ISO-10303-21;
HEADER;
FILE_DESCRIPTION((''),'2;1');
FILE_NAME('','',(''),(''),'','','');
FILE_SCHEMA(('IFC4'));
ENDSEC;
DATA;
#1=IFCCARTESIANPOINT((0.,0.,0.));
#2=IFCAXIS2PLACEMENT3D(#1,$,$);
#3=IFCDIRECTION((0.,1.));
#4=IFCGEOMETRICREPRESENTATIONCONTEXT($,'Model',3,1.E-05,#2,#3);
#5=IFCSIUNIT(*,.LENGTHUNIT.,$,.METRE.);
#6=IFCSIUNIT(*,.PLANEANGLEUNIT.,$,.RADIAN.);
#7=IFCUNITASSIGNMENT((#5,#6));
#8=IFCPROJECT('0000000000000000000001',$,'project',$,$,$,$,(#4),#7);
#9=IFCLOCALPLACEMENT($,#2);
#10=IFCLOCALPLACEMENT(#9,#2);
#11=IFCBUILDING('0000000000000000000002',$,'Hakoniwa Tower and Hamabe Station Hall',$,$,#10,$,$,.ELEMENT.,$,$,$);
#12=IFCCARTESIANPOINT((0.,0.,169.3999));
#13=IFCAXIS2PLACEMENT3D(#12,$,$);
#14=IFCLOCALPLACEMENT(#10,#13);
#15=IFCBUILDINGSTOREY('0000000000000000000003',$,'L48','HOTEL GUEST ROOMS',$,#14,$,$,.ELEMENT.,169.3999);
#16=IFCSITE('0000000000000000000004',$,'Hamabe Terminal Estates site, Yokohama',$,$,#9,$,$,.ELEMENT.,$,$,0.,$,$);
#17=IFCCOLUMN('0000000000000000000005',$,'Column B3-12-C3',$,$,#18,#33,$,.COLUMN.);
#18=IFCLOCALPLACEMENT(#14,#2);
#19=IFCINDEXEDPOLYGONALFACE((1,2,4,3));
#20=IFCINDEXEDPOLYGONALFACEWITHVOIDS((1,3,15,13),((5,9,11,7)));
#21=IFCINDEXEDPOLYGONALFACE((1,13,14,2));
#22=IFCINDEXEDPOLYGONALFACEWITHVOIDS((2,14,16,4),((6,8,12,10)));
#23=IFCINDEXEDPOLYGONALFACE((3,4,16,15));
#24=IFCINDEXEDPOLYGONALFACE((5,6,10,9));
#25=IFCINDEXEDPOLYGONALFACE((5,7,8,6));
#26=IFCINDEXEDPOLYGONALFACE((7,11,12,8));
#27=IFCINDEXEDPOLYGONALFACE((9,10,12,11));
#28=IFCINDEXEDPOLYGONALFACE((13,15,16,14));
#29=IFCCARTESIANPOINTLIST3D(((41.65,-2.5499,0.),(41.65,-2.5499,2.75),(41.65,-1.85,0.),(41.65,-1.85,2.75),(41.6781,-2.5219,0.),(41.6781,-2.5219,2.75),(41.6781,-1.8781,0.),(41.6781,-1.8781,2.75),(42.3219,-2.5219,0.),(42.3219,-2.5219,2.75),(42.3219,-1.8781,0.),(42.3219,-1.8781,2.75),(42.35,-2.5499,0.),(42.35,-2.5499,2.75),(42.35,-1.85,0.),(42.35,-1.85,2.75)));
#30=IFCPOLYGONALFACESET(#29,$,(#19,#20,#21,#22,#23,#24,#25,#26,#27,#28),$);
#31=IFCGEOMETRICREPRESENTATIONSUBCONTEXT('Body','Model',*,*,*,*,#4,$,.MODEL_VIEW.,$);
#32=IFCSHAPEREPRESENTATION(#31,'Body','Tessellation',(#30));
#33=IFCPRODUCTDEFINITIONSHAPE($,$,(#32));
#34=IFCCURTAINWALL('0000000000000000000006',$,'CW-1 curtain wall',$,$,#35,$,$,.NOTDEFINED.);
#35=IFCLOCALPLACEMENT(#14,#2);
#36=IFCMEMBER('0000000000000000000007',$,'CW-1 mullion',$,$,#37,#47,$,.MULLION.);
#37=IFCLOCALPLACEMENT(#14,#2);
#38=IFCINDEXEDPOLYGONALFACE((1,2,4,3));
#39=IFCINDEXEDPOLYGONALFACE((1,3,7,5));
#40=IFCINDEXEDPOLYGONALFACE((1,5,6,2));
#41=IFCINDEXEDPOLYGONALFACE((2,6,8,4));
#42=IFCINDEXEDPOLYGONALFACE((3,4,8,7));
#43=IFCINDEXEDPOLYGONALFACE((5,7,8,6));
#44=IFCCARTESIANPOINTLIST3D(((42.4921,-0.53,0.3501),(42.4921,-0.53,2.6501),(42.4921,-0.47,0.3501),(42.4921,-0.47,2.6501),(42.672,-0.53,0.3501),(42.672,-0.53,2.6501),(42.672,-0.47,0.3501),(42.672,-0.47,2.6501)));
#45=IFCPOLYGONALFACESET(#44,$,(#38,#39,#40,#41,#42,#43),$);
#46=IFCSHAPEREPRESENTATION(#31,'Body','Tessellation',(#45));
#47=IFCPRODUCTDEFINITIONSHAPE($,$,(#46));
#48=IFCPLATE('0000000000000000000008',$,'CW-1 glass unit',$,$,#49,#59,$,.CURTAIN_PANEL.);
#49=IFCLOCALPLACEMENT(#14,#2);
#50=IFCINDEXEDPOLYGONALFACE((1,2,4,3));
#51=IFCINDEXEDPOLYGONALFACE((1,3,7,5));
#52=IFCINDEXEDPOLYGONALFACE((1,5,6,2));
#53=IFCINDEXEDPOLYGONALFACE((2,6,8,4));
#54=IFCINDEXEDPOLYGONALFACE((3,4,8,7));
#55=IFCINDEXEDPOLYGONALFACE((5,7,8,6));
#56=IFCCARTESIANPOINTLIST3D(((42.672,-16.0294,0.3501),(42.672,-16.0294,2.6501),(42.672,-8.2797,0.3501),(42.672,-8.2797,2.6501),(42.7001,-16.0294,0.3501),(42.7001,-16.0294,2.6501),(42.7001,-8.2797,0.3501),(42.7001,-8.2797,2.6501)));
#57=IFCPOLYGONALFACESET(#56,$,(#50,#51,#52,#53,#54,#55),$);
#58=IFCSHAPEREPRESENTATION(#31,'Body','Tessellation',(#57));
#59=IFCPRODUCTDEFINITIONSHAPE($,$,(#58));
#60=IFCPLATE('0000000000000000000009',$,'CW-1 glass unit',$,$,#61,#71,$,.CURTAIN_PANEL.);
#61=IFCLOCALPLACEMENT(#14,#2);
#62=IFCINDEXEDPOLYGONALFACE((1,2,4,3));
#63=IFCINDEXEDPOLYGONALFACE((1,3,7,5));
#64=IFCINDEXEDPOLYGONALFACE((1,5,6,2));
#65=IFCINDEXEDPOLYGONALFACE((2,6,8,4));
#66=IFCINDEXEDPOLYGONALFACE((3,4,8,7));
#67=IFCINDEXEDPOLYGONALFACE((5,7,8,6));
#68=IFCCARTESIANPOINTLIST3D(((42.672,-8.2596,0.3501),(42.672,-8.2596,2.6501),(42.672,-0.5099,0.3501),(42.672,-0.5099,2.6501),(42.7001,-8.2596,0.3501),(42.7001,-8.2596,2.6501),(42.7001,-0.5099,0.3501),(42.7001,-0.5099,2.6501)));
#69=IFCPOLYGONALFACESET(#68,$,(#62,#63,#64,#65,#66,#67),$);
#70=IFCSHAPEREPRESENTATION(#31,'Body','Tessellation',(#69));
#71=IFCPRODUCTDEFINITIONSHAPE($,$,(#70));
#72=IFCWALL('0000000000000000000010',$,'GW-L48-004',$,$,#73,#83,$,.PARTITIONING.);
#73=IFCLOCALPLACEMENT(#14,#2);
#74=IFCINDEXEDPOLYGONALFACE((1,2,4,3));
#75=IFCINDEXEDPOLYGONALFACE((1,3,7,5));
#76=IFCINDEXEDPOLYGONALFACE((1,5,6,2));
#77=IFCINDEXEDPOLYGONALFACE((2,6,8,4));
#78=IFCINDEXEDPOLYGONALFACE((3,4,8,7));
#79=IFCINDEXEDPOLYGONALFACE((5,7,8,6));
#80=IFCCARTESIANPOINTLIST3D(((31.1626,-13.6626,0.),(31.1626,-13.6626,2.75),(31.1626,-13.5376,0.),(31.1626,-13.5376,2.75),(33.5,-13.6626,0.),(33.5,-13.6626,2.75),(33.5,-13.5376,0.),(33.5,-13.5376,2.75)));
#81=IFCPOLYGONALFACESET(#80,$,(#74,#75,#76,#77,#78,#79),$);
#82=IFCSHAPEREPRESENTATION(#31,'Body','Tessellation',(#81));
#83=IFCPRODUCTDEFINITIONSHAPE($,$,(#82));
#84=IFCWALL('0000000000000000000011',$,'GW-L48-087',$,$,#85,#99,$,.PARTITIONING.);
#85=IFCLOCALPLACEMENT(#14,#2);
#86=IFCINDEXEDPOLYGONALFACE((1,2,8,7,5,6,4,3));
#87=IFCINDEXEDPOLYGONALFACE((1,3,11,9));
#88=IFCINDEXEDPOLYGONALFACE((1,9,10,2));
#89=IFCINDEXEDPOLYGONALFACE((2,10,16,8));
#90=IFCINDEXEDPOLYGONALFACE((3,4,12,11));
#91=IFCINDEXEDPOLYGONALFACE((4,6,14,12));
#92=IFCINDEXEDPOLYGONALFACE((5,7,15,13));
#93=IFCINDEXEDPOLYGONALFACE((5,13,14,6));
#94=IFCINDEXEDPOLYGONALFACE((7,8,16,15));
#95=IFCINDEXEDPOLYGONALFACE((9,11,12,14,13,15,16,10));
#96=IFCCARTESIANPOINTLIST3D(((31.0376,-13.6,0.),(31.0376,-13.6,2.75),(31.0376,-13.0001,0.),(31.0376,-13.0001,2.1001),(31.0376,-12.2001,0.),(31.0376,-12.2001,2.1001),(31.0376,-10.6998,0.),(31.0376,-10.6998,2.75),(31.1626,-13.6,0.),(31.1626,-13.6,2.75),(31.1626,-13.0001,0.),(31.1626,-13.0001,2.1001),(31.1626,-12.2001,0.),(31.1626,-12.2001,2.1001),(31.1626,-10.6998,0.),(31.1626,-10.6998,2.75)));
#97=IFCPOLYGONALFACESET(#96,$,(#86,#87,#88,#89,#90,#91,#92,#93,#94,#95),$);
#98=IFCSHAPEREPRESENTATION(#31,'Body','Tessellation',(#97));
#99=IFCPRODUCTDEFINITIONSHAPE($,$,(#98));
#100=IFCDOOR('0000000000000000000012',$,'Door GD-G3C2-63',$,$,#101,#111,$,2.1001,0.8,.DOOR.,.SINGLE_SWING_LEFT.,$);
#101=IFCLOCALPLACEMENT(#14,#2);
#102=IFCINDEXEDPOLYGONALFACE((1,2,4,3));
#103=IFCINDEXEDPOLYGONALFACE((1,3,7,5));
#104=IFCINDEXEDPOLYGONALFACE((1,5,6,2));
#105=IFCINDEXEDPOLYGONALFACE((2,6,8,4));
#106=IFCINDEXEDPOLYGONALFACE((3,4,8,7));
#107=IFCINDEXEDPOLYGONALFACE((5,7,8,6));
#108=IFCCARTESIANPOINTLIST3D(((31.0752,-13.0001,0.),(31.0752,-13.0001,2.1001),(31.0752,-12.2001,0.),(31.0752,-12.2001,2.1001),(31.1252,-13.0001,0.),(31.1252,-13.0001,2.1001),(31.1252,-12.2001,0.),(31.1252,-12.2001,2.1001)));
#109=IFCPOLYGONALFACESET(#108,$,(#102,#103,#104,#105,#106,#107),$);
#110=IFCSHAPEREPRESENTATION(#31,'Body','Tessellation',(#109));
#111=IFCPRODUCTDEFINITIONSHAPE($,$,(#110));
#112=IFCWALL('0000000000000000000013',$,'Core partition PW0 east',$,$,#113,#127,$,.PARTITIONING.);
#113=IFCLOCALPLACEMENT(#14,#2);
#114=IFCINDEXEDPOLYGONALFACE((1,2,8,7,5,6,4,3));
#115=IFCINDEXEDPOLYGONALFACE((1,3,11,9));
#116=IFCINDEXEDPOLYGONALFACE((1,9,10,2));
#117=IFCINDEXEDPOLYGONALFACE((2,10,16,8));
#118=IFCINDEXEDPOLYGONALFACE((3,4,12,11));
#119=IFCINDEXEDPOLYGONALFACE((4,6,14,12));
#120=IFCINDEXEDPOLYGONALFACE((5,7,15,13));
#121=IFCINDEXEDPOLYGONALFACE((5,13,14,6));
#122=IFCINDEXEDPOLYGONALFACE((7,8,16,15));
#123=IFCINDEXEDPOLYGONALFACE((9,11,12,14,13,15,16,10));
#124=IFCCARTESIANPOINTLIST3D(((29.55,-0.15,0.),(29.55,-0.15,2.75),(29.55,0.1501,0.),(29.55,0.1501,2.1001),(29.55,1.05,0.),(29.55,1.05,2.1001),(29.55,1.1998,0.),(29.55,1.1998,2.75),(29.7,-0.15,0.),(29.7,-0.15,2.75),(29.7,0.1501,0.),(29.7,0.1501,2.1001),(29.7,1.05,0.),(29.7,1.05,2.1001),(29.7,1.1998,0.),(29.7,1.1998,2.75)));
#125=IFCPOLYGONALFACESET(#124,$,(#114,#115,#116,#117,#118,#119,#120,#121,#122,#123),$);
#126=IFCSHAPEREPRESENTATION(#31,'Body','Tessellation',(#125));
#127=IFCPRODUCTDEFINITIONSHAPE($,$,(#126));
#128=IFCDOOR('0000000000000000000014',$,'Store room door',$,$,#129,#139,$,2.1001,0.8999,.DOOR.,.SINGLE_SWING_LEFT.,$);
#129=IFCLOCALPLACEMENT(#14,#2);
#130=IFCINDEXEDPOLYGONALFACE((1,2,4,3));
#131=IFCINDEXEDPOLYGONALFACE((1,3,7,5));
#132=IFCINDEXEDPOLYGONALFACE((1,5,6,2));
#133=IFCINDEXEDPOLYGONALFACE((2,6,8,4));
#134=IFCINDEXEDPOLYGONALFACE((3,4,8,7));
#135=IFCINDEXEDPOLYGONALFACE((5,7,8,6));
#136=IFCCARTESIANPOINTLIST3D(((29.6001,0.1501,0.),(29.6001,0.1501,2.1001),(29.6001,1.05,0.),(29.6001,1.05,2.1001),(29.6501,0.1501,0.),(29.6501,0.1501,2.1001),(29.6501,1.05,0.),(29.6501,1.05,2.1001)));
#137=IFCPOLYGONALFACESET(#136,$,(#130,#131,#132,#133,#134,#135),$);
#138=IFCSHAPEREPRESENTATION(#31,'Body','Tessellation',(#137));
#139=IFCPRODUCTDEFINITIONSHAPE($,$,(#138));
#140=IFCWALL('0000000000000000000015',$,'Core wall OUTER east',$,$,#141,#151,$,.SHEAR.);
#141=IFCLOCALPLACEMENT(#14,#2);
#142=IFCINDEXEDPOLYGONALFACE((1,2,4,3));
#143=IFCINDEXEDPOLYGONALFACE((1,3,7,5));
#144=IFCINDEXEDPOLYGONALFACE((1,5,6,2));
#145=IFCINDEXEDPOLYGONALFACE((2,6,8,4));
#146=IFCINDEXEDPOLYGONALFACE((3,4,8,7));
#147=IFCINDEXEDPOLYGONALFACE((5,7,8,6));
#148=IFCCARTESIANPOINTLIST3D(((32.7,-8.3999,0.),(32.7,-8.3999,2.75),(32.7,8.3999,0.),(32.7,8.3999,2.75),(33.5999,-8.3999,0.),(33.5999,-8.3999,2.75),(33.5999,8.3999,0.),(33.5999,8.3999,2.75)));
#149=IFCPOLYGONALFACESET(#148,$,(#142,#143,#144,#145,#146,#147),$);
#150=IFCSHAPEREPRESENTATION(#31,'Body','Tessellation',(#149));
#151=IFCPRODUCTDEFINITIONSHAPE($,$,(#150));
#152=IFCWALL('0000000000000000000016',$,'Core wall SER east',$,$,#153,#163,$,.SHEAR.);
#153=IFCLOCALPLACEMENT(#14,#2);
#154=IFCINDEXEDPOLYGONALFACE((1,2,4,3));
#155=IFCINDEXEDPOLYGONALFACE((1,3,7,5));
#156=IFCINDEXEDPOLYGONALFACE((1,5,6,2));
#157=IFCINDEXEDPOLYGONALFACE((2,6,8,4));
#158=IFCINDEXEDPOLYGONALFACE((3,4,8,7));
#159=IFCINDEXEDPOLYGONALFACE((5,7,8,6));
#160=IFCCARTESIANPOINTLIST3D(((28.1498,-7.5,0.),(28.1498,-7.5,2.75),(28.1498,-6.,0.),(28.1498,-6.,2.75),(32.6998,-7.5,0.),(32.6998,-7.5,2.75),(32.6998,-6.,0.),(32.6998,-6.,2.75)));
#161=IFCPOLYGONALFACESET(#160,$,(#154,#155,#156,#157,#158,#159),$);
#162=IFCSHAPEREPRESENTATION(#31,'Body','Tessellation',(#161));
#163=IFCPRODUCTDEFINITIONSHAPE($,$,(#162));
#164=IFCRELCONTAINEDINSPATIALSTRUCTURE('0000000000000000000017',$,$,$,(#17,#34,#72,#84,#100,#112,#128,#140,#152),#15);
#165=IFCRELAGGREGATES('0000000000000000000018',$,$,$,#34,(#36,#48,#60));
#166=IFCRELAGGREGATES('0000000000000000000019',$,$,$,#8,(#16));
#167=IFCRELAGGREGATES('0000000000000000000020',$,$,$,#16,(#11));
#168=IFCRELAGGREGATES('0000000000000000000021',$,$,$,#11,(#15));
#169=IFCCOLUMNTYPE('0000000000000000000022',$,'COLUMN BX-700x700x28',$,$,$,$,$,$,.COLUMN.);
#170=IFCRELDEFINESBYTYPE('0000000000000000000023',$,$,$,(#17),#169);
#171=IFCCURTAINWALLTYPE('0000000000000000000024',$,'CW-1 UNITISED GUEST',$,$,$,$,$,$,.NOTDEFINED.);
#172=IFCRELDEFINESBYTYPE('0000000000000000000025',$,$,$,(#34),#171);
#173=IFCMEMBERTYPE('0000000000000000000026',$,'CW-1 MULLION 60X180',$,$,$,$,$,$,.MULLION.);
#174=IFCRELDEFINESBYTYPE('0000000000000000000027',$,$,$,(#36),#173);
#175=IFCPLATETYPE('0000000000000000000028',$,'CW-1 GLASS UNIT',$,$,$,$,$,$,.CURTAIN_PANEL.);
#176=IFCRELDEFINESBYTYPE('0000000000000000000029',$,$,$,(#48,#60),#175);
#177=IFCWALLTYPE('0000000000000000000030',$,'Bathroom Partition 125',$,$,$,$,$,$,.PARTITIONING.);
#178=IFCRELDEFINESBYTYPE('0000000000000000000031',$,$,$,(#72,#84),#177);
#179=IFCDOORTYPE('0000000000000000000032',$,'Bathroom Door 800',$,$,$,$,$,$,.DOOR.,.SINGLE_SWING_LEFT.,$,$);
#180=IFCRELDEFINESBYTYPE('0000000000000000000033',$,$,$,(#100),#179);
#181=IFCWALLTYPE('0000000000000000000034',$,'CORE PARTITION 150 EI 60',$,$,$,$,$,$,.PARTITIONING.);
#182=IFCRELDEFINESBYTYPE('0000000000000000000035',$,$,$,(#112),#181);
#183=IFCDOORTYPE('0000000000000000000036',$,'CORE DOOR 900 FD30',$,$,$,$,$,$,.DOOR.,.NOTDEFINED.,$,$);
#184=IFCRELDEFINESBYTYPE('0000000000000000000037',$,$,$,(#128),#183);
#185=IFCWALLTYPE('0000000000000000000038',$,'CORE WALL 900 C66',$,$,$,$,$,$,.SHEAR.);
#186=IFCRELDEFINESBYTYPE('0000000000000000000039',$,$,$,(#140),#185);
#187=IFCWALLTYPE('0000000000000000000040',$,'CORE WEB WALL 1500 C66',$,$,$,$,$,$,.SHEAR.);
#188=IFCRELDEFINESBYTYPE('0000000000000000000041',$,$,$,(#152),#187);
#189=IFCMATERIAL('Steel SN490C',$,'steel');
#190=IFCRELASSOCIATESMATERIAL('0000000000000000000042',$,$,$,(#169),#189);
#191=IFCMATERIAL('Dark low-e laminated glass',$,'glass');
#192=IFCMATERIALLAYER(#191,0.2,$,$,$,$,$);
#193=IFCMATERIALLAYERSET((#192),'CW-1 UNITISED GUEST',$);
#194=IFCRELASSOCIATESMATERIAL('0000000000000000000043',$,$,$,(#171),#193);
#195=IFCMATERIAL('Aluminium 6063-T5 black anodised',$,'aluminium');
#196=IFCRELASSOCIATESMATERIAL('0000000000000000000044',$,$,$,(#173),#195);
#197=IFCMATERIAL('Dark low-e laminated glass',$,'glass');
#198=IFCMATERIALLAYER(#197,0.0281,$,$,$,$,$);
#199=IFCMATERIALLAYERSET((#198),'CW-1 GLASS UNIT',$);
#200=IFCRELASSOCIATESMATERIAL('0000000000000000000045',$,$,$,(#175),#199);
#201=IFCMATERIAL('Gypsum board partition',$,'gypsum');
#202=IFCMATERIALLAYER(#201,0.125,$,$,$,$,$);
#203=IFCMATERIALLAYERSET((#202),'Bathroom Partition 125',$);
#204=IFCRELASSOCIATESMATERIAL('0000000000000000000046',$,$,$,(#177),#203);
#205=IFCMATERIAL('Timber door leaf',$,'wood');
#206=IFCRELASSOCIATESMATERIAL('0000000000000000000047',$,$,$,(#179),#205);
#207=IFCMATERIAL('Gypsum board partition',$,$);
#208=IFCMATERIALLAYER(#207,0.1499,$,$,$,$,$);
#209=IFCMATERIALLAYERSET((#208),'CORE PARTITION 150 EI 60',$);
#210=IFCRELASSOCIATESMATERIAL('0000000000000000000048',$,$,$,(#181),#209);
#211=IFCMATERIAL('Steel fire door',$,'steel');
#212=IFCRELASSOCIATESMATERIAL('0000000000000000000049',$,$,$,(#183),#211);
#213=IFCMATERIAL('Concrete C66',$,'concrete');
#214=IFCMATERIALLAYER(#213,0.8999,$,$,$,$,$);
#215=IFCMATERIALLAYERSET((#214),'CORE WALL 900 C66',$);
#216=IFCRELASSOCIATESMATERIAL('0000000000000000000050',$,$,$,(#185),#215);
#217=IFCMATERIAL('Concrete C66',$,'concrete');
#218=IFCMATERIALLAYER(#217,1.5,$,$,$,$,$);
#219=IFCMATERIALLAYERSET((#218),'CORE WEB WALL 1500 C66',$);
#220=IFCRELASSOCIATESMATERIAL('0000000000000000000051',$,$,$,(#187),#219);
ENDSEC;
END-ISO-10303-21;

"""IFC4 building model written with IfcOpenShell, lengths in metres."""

from ifc_helpers import new_model, si_unit, direction, frame, frame_2d, origin, origin_2d, place, context, subcontext, project, spatial, rectangle, hollow_rectangle, extrude, material, layer, layer_set, material_profile, profile_set, type_object, element, fill, aggregate, save


model = new_model("IFC4")

# Units and contexts
model_context = context("Model", 3, precision=1e-05, world=origin(), true_north=direction((0.0, 1.0)))
body_context = subcontext(model_context, "Body", "Model", "MODEL_VIEW")
ifc_project = project(units=[si_unit("LENGTHUNIT", "METRE"), si_unit("PLANEANGLEUNIT", "RADIAN")], contexts=[model_context])

# Site, building, storey
site_placement = place(None, origin())
site = spatial("IfcSite", under=ifc_project, at=site_placement, Name="Hamabe Terminal Estates site, Yokohama", CompositionType="ELEMENT", RefElevation=0.0)
building_placement = place(site_placement, origin())
building = spatial("IfcBuilding", under=site, at=building_placement, Name="Hakoniwa Tower and Hamabe Station Hall", CompositionType="ELEMENT")
storey_placement = place(building_placement, frame((0.0, 0.0, 169.3999)))
storey = spatial("IfcBuildingStorey", under=building, at=storey_placement, Name="L48", Description="HOTEL GUEST ROOMS", CompositionType="ELEMENT", Elevation=169.3999)

# Column
ifc_material_1 = material(Name="Steel SN490C", Category="steel")
ifc_material_profile_1 = material_profile(ifc_material_1, hollow_rectangle(XDim=0.7, YDim=0.7, WallThickness=0.0281, at=origin_2d()), Name="BX-700x700x28")
ifc_profile_set_1 = profile_set([ifc_material_profile_1], Name="Steel SN490C")
column_type = type_object("IfcColumnType", Name="COLUMN BX-700x700x28", PredefinedType="COLUMN", material=ifc_profile_set_1)
column_placement = place(storey_placement, frame((42.0, -2.2, 0.0), z_axis=(0.0, 0.0, 1.0), x_axis=(1.0, 0.0, 0.0)))
element("IfcColumn", 1, at=column_placement, inside=storey, type_object=column_type, Name="Column B3-12-C3", PredefinedType="COLUMN", context=body_context, shape_type="SweptSolid", body=[
    extrude(hollow_rectangle(XDim=0.7, YDim=0.7, WallThickness=0.0281, at=origin_2d()), origin(), (0.0, 0.0, 1.0), 2.75),
])

# Curtain wall, member, plates
ifc_material_2 = material(Name="Dark low-e laminated glass", Category="glass")
ifc_layer_1 = layer(ifc_material_2, 0.2)
ifc_layer_set_1 = layer_set([ifc_layer_1], Name="CW-1 UNITISED GUEST")
curtain_wall_type = type_object("IfcCurtainWallType", Name="CW-1 UNITISED GUEST", PredefinedType="NOTDEFINED", material=ifc_layer_set_1)
curtain_wall_placement = place(storey_placement, origin())
curtain_wall = element("IfcCurtainWall", 2, at=curtain_wall_placement, inside=storey, type_object=curtain_wall_type, Name="CW-1 curtain wall", PredefinedType="NOTDEFINED")
ifc_material_3 = material(Name="Aluminium 6063-T5 black anodised", Category="aluminium")
ifc_material_profile_2 = material_profile(ifc_material_3, rectangle(XDim=0.0601, YDim=0.1799, at=origin_2d()), Name="CW-1 MULLION 60X180")
ifc_profile_set_2 = profile_set([ifc_material_profile_2], Name="Aluminium 6063-T5 black anodised")
member_type = type_object("IfcMemberType", Name="CW-1 MULLION 60X180", PredefinedType="MULLION", material=ifc_profile_set_2)
member_placement = place(storey_placement, frame((42.582, -0.5, 0.3501), z_axis=(0.0, 0.0, 1.0), x_axis=(0.0, 1.0, 0.0)))
member = element("IfcMember", 3, at=member_placement, type_object=member_type, Name="CW-1 mullion", PredefinedType="MULLION", context=body_context, shape_type="SweptSolid", body=[
    extrude(rectangle(XDim=0.0601, YDim=0.1799, at=origin_2d()), origin(), (0.0, 0.0, 1.0), 2.3),
])
ifc_material_4 = material(Name="Dark low-e laminated glass", Category="glass")
ifc_layer_2 = layer(ifc_material_4, 0.0281)
ifc_layer_set_2 = layer_set([ifc_layer_2], Name="CW-1 GLASS UNIT")
plate_type = type_object("IfcPlateType", Name="CW-1 GLASS UNIT", PredefinedType="CURTAIN_PANEL", material=ifc_layer_set_2)
plate_1_placement = place(storey_placement, frame((42.686, -12.1545, 0.3501), z_axis=(0.0, 0.0, 1.0), x_axis=(0.0, 1.0, 0.0)))
plate_1 = element("IfcPlate", 4, at=plate_1_placement, type_object=plate_type, Name="CW-1 glass unit", PredefinedType="CURTAIN_PANEL", context=body_context, shape_type="SweptSolid", body=[
    extrude(rectangle(XDim=7.7498, YDim=0.0281, at=origin_2d()), origin(), (0.0, 0.0, 1.0), 2.3),
])
plate_2_placement = place(storey_placement, frame((42.686, -4.3848, 0.3501), z_axis=(0.0, 0.0, 1.0), x_axis=(0.0, 1.0, 0.0)))
plate_2 = element("IfcPlate", 5, at=plate_2_placement, type_object=plate_type, Name="CW-1 glass unit", PredefinedType="CURTAIN_PANEL", context=body_context, shape_type="SweptSolid", body=[
    extrude(rectangle(XDim=7.7498, YDim=0.0281, at=origin_2d()), origin(), (0.0, 0.0, 1.0), 2.3),
])
aggregate(curtain_wall, [member, plate_1, plate_2])

# Wall
ifc_material_5 = material(Name="Gypsum board partition", Category="gypsum")
ifc_layer_3 = layer(ifc_material_5, 0.125)
ifc_layer_set_3 = layer_set([ifc_layer_3], Name="Bathroom Partition 125")
wall_type_1 = type_object("IfcWallType", Name="Bathroom Partition 125", PredefinedType="PARTITIONING", material=ifc_layer_set_3)
wall_1_placement = place(storey_placement, frame((31.1626, -13.6001, 0.0), z_axis=(0.0, 0.0, 1.0), x_axis=(1.0, 0.0, 0.0)))
element("IfcWall", 6, at=wall_1_placement, inside=storey, type_object=wall_type_1, Name="GW-L48-004", PredefinedType="PARTITIONING", context=body_context, shape_type="SweptSolid", body=[
    extrude(rectangle(XDim=2.3374, YDim=0.125, at=frame_2d((1.1687, 0.0))), origin(), (0.0, 0.0, 1.0), 2.75),
])

# Walls, openings, doors
wall_2_placement = place(storey_placement, frame((31.1001, -13.6001, 0.0), z_axis=(0.0, 0.0, 1.0), x_axis=(0.0, 1.0, 0.0)))
wall_2 = element("IfcWall", 7, at=wall_2_placement, inside=storey, type_object=wall_type_1, Name="GW-L48-087", PredefinedType="PARTITIONING", context=body_context, shape_type="SweptSolid", body=[
    extrude(rectangle(XDim=2.9001, YDim=0.125, at=frame_2d((1.4502, 0.0))), origin(), (0.0, 0.0, 1.0), 2.75),
])
opening_1_placement = place(wall_2_placement, frame((0.6001, 0.0, 0.0)))
opening_1 = element("IfcOpeningElement", 8, at=opening_1_placement, cuts=wall_2, PredefinedType="OPENING", context=body_context, shape_type="SweptSolid", body=[
    extrude(rectangle(XDim=0.8, YDim=2.1001, at=frame_2d((0.3999, 1.05))), frame((0.0, 0.0725, 0.0), z_axis=(0.0, -1.0, 0.0), x_axis=(1.0, 0.0, 0.0)), (0.0, 0.0, 1.0), 0.145),
])
ifc_material_6 = material(Name="Timber door leaf", Category="wood")
door_type_1 = type_object("IfcDoorType", Name="Bathroom Door 800", OperationType="SINGLE_SWING_LEFT", PredefinedType="DOOR", material=ifc_material_6)
door_1_placement = place(opening_1_placement, origin())
door_1 = element("IfcDoor", 9, at=door_1_placement, inside=storey, type_object=door_type_1, Name="Door GD-G3C2-63", OperationType="SINGLE_SWING_LEFT", OverallHeight=2.1001, OverallWidth=0.8, PredefinedType="DOOR", context=body_context, shape_type="SweptSolid", body=[
    extrude(rectangle(XDim=0.8, YDim=2.1001, at=frame_2d((0.3999, 1.05))), frame((0.0, 0.0249, 0.0), z_axis=(0.0, -1.0, 0.0), x_axis=(1.0, 0.0, 0.0)), (0.0, 0.0, 1.0), 0.05),
])
fill(opening_1, door_1)
ifc_material_7 = material(Name="Gypsum board partition")
ifc_layer_4 = layer(ifc_material_7, 0.1499)
ifc_layer_set_4 = layer_set([ifc_layer_4], Name="CORE PARTITION 150 EI 60")
wall_type_2 = type_object("IfcWallType", Name="CORE PARTITION 150 EI 60", PredefinedType="PARTITIONING", material=ifc_layer_set_4)
wall_3_placement = place(storey_placement, frame((29.625, -0.1499, 0.0), z_axis=(0.0, 0.0, 1.0), x_axis=(0.0, 1.0, 0.0)))
wall_3 = element("IfcWall", 10, at=wall_3_placement, inside=storey, type_object=wall_type_2, Name="Core partition PW0 east", PredefinedType="PARTITIONING", context=body_context, shape_type="SweptSolid", body=[
    extrude(rectangle(XDim=1.3499, YDim=0.1499, at=frame_2d((0.6748, 0.0))), origin(), (0.0, 0.0, 1.0), 2.75),
])
opening_2_placement = place(wall_3_placement, frame((0.3, 0.0, 0.0)))
opening_2 = element("IfcOpeningElement", 11, at=opening_2_placement, cuts=wall_3, PredefinedType="OPENING", context=body_context, shape_type="SweptSolid", body=[
    extrude(rectangle(XDim=0.8999, YDim=2.1001, at=frame_2d((0.45, 1.05))), frame((0.0, 0.085, 0.0), z_axis=(0.0, -1.0, 0.0), x_axis=(1.0, 0.0, 0.0)), (0.0, 0.0, 1.0), 0.1699),
])
ifc_material_8 = material(Name="Steel fire door", Category="steel")
door_type_2 = type_object("IfcDoorType", Name="CORE DOOR 900 FD30", OperationType="NOTDEFINED", PredefinedType="DOOR", material=ifc_material_8)
door_2_placement = place(opening_2_placement, origin())
door_2 = element("IfcDoor", 12, at=door_2_placement, inside=storey, type_object=door_type_2, Name="Store room door", OperationType="SINGLE_SWING_LEFT", OverallHeight=2.1001, OverallWidth=0.8999, PredefinedType="DOOR", context=body_context, shape_type="SweptSolid", body=[
    extrude(rectangle(XDim=0.8999, YDim=2.1001, at=frame_2d((0.45, 1.05))), frame((0.0, 0.0249, 0.0), z_axis=(0.0, -1.0, 0.0), x_axis=(1.0, 0.0, 0.0)), (0.0, 0.0, 1.0), 0.05),
])
fill(opening_2, door_2)

# Walls
ifc_material_9 = material(Name="Concrete C66", Category="concrete")
ifc_layer_5 = layer(ifc_material_9, 0.8999)
ifc_layer_set_5 = layer_set([ifc_layer_5], Name="CORE WALL 900 C66")
wall_type_3 = type_object("IfcWallType", Name="CORE WALL 900 C66", PredefinedType="SHEAR", material=ifc_layer_set_5)
wall_4_placement = place(storey_placement, frame((33.1499, -8.3999, 0.0), z_axis=(0.0, 0.0, 1.0), x_axis=(0.0, 1.0, 0.0)))
element("IfcWall", 13, at=wall_4_placement, inside=storey, type_object=wall_type_3, Name="Core wall OUTER east", PredefinedType="SHEAR", context=body_context, shape_type="SweptSolid", body=[
    extrude(rectangle(XDim=16.7998, YDim=0.8999, at=frame_2d((8.3999, 0.0))), origin(), (0.0, 0.0, 1.0), 2.75),
])
ifc_material_10 = material(Name="Concrete C66", Category="concrete")
ifc_layer_6 = layer(ifc_material_10, 1.5)
ifc_layer_set_6 = layer_set([ifc_layer_6], Name="CORE WEB WALL 1500 C66")
wall_type_4 = type_object("IfcWallType", Name="CORE WEB WALL 1500 C66", PredefinedType="SHEAR", material=ifc_layer_set_6)
wall_5_placement = place(storey_placement, frame((28.1499, -6.75, 0.0), z_axis=(0.0, 0.0, 1.0), x_axis=(1.0, 0.0, 0.0)))
element("IfcWall", 14, at=wall_5_placement, inside=storey, type_object=wall_type_4, Name="Core wall SER east", PredefinedType="SHEAR", context=body_context, shape_type="SweptSolid", body=[
    extrude(rectangle(XDim=4.55, YDim=1.5, at=frame_2d((2.2749, 0.0))), origin(), (0.0, 0.0, 1.0), 2.75),
])

save(model, "model.ifc")
